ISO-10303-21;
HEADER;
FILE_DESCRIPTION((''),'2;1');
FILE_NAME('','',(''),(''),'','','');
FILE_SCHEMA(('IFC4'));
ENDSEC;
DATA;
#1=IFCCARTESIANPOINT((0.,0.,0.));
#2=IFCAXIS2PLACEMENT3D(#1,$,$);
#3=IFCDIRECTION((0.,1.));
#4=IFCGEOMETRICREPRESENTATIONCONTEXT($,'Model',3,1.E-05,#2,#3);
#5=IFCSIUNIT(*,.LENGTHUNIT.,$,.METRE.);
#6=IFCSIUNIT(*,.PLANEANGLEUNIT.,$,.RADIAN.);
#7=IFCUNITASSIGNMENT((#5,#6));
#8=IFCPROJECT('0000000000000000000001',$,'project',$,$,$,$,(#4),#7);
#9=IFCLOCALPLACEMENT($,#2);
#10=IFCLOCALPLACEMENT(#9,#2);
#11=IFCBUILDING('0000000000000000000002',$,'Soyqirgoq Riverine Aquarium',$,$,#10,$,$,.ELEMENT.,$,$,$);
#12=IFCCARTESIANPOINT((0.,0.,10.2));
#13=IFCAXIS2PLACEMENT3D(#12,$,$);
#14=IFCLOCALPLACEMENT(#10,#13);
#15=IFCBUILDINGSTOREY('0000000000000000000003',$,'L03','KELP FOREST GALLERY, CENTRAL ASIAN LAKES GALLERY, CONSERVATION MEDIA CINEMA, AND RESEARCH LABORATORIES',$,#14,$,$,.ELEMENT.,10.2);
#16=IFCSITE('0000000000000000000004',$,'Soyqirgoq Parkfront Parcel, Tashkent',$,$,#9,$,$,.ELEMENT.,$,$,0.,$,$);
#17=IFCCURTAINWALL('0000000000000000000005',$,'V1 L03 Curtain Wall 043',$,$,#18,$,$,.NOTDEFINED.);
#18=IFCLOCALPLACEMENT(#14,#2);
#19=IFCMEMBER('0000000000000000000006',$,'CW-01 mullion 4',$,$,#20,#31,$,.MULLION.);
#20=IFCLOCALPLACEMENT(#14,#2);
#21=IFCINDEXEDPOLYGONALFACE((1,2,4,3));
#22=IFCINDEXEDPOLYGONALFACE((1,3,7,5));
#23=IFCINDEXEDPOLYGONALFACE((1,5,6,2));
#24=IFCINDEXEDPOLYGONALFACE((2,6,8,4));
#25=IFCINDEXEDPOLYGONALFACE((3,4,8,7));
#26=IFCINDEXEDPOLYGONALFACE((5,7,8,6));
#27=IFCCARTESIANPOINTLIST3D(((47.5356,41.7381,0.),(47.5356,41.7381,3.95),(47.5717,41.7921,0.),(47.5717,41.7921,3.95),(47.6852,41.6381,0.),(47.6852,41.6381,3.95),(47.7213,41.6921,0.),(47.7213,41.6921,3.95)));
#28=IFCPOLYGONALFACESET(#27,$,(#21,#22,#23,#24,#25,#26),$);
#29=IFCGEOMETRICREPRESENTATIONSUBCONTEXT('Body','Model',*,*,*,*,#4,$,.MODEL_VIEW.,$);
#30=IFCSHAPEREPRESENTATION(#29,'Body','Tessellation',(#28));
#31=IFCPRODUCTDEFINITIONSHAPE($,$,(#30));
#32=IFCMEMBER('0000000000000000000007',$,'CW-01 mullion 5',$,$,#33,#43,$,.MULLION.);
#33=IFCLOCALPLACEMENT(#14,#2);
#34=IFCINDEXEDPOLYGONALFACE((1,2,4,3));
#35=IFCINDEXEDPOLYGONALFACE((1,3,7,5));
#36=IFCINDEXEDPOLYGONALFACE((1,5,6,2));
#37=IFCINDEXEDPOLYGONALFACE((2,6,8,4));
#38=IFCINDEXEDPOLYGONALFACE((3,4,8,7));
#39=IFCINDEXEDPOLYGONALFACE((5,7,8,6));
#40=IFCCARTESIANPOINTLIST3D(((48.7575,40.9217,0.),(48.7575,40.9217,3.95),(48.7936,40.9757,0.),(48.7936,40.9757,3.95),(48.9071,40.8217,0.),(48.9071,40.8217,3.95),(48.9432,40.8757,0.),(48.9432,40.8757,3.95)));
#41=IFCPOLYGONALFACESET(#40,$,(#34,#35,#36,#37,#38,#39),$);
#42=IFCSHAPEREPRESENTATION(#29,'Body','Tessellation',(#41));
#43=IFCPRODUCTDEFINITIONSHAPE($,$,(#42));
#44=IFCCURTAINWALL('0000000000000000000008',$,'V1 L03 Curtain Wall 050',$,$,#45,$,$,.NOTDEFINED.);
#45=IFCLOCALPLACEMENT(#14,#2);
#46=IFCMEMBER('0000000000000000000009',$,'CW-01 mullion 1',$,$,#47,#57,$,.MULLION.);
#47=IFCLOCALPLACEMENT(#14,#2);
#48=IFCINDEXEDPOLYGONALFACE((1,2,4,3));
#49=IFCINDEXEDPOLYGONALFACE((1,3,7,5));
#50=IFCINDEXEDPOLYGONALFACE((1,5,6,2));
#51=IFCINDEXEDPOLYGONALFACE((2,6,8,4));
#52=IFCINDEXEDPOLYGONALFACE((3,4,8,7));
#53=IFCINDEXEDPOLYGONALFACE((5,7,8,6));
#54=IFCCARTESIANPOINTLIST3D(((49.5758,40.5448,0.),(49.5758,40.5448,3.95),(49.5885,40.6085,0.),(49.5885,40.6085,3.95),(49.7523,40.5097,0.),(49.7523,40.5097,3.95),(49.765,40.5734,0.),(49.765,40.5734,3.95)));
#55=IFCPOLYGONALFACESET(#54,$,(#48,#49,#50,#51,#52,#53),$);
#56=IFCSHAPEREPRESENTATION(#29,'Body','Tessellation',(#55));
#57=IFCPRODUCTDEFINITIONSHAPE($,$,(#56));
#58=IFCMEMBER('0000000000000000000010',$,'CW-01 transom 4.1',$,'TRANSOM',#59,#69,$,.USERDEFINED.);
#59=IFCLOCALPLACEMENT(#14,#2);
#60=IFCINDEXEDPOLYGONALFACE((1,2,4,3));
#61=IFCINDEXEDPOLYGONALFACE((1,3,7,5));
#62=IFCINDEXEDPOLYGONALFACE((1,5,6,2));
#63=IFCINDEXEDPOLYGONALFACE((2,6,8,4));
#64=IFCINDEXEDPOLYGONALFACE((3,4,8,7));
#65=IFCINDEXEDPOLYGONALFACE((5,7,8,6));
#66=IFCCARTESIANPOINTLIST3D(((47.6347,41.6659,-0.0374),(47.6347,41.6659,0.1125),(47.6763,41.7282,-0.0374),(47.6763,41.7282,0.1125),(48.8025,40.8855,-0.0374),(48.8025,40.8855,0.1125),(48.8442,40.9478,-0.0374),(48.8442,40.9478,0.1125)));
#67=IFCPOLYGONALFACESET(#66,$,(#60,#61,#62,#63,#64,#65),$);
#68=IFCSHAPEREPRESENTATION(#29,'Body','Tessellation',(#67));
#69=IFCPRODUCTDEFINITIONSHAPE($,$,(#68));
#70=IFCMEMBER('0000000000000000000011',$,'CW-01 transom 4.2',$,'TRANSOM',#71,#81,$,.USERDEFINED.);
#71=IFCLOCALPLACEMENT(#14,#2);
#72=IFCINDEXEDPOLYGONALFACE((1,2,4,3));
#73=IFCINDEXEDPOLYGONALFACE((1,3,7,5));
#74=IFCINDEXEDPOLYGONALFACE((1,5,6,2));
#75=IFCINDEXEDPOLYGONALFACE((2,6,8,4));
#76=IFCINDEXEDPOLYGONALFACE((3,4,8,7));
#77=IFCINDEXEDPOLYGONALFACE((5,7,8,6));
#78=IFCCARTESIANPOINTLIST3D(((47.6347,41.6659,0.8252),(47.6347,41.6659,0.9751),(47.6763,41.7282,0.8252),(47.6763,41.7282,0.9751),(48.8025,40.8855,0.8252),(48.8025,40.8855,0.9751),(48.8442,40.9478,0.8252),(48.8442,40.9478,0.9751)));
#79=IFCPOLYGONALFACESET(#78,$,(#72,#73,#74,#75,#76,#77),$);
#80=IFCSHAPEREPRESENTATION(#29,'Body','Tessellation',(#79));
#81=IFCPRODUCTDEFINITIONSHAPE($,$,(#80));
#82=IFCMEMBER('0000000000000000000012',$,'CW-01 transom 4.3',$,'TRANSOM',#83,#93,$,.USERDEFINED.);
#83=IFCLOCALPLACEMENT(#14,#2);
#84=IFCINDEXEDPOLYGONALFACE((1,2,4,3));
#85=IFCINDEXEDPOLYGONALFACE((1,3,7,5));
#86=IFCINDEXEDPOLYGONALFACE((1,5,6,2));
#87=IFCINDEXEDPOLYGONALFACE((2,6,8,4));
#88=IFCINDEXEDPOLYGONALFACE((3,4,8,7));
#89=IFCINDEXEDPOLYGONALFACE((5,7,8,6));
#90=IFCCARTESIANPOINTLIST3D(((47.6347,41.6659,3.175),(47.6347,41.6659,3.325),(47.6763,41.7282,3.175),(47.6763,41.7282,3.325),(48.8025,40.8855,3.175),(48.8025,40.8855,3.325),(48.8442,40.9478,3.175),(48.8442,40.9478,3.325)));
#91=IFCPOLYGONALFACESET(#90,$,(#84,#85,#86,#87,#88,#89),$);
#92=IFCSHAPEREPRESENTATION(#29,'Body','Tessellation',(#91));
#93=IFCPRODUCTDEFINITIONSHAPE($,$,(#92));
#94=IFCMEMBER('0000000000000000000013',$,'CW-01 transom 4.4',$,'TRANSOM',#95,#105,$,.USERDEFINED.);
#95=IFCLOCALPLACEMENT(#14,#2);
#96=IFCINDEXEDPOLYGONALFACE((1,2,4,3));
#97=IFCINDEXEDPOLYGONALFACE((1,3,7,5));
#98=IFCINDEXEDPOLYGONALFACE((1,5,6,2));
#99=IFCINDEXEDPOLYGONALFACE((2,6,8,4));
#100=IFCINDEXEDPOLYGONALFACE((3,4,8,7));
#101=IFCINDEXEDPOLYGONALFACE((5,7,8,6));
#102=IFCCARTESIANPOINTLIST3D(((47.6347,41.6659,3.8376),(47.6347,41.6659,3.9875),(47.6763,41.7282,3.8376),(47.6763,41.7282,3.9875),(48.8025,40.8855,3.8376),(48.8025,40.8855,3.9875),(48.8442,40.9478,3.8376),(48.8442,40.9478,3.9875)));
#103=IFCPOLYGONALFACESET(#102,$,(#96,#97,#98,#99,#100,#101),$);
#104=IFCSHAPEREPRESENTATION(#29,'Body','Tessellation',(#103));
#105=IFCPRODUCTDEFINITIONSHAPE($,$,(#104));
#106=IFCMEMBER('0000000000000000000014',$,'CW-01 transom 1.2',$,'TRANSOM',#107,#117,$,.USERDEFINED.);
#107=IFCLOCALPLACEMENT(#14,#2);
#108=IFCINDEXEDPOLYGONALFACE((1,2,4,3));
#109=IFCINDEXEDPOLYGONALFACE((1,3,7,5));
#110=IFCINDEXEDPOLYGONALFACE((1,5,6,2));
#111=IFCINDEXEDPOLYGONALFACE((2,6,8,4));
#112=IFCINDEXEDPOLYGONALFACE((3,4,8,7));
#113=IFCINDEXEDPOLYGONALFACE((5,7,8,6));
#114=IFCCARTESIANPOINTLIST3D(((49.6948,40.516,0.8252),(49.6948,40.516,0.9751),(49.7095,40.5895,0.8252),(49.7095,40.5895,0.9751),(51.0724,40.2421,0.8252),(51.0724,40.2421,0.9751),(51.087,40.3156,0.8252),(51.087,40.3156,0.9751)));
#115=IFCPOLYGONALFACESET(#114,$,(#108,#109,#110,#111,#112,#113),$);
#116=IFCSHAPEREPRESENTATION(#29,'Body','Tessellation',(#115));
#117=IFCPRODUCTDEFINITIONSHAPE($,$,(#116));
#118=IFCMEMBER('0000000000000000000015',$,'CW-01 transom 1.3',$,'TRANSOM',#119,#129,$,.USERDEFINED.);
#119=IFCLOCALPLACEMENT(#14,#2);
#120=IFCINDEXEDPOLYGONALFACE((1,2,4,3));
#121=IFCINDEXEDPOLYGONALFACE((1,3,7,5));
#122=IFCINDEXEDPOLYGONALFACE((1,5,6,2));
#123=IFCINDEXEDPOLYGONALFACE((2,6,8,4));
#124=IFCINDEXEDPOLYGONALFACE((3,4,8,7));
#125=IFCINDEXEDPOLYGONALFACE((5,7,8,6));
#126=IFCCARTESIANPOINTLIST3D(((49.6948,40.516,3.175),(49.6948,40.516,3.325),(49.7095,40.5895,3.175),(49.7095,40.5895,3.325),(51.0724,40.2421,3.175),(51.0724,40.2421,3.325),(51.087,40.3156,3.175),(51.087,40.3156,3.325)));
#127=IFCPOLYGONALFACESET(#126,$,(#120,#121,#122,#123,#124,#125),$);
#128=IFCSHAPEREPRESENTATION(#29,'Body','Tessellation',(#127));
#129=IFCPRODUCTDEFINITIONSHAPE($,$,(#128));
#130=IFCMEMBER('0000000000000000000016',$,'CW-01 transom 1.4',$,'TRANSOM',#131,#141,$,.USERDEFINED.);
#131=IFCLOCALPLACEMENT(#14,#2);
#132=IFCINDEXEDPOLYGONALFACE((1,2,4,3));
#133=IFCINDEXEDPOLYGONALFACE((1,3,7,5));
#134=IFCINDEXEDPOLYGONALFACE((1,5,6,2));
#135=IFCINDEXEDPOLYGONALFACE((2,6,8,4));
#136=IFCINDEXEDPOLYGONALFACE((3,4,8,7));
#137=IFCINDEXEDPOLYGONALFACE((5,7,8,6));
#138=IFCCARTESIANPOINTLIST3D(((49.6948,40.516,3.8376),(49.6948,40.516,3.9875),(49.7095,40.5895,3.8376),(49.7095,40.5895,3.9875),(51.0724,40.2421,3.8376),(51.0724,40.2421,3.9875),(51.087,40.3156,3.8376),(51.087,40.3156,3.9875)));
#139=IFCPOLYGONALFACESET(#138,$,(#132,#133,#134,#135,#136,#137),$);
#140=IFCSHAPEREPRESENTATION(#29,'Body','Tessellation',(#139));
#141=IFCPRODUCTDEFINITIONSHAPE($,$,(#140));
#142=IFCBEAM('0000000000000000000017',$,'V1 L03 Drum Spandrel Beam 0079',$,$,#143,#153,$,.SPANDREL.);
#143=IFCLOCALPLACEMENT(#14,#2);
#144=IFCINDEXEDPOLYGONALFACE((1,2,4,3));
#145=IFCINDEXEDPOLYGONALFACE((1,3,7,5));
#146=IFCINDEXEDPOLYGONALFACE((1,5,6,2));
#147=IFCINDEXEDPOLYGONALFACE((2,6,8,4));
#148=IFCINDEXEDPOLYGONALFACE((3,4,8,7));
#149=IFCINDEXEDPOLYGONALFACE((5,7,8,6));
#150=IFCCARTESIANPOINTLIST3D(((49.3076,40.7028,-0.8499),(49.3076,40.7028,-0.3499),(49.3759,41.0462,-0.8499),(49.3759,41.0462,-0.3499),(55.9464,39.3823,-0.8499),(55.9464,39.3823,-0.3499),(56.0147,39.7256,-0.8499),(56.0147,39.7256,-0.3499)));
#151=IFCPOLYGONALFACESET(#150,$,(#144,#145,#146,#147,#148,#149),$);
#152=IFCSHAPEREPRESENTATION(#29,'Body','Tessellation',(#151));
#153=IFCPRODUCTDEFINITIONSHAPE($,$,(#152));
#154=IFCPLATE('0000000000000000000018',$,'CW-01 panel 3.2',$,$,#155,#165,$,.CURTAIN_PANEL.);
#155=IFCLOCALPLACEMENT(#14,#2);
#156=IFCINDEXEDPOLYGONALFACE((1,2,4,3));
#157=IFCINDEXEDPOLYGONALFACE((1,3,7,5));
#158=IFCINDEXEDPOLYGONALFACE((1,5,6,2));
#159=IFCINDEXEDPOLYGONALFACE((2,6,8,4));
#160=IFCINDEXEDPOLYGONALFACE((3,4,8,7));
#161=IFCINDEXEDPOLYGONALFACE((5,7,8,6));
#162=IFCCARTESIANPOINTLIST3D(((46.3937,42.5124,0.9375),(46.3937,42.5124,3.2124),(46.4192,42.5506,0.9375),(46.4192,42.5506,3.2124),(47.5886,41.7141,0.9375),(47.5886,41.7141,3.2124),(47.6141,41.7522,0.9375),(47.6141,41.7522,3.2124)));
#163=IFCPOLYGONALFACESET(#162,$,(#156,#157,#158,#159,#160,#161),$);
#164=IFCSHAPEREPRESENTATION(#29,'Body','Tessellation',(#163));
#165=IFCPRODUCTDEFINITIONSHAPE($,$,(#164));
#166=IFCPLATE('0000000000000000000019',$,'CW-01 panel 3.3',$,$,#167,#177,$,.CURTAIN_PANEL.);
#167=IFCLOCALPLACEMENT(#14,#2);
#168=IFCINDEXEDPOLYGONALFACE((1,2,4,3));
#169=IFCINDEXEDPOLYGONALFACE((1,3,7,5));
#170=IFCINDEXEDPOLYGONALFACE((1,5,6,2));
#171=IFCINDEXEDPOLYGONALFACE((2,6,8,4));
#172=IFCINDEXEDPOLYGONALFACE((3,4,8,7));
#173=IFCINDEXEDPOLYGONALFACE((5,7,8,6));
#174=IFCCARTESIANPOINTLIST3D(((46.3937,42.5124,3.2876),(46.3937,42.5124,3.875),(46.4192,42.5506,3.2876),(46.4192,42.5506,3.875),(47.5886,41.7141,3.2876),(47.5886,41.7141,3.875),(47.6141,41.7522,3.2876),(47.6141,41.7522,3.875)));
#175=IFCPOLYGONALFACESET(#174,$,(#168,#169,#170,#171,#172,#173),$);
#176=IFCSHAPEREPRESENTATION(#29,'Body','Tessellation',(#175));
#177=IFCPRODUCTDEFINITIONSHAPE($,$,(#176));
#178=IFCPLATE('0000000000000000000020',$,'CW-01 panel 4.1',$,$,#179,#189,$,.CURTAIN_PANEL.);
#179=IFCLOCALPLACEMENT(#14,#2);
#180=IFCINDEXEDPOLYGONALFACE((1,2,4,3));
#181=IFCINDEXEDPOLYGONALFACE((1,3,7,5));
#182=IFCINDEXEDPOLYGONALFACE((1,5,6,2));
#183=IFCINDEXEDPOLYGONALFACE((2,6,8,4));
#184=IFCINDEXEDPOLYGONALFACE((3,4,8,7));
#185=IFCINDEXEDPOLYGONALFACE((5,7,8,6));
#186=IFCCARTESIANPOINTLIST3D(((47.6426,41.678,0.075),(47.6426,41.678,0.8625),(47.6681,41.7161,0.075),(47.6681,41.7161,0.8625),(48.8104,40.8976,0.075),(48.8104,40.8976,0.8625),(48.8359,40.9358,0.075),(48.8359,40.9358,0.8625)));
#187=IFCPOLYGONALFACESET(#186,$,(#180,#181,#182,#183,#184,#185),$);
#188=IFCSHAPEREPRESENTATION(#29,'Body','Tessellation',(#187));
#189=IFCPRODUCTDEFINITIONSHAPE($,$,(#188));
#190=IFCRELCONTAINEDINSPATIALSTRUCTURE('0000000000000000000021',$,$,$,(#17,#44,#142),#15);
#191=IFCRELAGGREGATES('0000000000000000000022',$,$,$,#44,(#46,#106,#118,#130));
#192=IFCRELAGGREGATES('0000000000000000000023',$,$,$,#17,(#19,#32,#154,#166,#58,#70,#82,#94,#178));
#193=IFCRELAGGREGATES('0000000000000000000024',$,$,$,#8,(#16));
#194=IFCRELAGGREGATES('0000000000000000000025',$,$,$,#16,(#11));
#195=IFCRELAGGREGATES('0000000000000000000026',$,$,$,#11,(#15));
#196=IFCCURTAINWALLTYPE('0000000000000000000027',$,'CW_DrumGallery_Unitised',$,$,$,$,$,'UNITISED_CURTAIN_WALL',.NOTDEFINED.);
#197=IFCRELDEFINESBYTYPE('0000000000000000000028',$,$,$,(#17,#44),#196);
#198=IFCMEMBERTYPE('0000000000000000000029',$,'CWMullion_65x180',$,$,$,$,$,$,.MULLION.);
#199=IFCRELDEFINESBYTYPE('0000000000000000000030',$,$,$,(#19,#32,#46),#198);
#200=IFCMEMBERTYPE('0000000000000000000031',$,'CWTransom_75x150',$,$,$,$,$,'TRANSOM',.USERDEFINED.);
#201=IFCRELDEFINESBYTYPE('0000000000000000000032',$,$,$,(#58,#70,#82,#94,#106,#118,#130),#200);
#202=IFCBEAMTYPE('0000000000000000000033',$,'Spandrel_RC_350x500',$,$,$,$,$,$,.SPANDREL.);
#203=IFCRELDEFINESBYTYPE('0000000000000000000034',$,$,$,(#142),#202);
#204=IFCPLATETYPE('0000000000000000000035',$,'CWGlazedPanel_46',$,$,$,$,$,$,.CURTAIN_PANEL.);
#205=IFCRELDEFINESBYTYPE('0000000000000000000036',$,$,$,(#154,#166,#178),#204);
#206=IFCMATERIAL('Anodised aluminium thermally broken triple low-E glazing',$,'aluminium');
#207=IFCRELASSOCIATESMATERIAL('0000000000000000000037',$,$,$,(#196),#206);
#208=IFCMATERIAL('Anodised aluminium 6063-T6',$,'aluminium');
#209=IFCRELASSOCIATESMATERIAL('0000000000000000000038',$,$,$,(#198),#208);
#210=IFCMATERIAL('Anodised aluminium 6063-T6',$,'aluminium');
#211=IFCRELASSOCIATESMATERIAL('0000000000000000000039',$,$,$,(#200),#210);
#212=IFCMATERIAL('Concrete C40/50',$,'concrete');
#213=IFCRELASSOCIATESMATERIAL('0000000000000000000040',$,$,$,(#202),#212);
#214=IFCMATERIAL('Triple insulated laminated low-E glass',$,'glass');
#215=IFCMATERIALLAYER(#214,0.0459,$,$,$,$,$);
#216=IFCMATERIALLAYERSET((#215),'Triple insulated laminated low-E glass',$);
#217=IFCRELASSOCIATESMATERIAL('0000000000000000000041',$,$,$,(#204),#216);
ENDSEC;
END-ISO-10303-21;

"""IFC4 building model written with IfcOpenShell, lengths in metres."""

from ifc_helpers import new_model, si_unit, direction, frame, origin, origin_2d, place, context, subcontext, project, spatial, rectangle, extrude, material, layer, layer_set, material_profile, profile_set, type_object, element, aggregate, save


model = new_model("IFC4")

# Units and contexts
model_context = context("Model", 3, precision=1e-05, world=origin(), true_north=direction((0.0, 1.0)))
body_context = subcontext(model_context, "Body", "Model", "MODEL_VIEW")
ifc_project = project(units=[si_unit("LENGTHUNIT", "METRE"), si_unit("PLANEANGLEUNIT", "RADIAN")], contexts=[model_context])

# Site, building, storey
site_placement = place(None, origin())
site = spatial("IfcSite", under=ifc_project, at=site_placement, Name="Soyqirgoq Parkfront Parcel, Tashkent", CompositionType="ELEMENT", RefElevation=0.0)
building_placement = place(site_placement, origin())
building = spatial("IfcBuilding", under=site, at=building_placement, Name="Soyqirgoq Riverine Aquarium", CompositionType="ELEMENT")
storey_placement = place(building_placement, frame((0.0, 0.0, 10.2)))
storey = spatial("IfcBuildingStorey", under=building, at=storey_placement, Name="L03", Description="KELP FOREST GALLERY, CENTRAL ASIAN LAKES GALLERY, CONSERVATION MEDIA CINEMA, AND RESEARCH LABORATORIES", CompositionType="ELEMENT", Elevation=10.2)

# Curtain wall, members
ifc_material_1 = material(Name="Anodised aluminium thermally broken triple low-E glazing", Category="aluminium")
curtain_wall_type = type_object("IfcCurtainWallType", Name="CW_DrumGallery_Unitised", ElementType="UNITISED_CURTAIN_WALL", PredefinedType="NOTDEFINED", material=ifc_material_1)
curtain_wall_1_placement = place(storey_placement, origin())
curtain_wall_1 = element("IfcCurtainWall", 1, at=curtain_wall_1_placement, inside=storey, type_object=curtain_wall_type, Name="V1 L03 Curtain Wall 043", PredefinedType="NOTDEFINED")
ifc_material_2 = material(Name="Anodised aluminium 6063-T6", Category="aluminium")
ifc_material_profile_1 = material_profile(ifc_material_2, rectangle(XDim=0.0649, YDim=0.1799, at=origin_2d()), Name="ALU-M 65x180")
ifc_profile_set_1 = profile_set([ifc_material_profile_1], Name="Anodised aluminium 6063-T6")
member_type_1 = type_object("IfcMemberType", Name="CWMullion_65x180", PredefinedType="MULLION", material=ifc_profile_set_1)
member_1_placement = place(storey_placement, frame((47.6284, 41.7151, 0.0), z_axis=(0.0, 0.0, 1.0), x_axis=(0.555572, 0.831469, 0.0)))
member_1 = element("IfcMember", 2, at=member_1_placement, type_object=member_type_1, Name="CW-01 mullion 4", PredefinedType="MULLION", context=body_context, shape_type="SweptSolid", body=[
    extrude(rectangle(XDim=0.0649, YDim=0.1799, at=origin_2d()), origin(), (0.0, 0.0, 1.0), 3.95),
])
member_2_placement = place(storey_placement, frame((48.8503, 40.8987, 0.0), z_axis=(0.0, 0.0, 1.0), x_axis=(0.555572, 0.831469, 0.0)))
member_2 = element("IfcMember", 3, at=member_2_placement, type_object=member_type_1, Name="CW-01 mullion 5", PredefinedType="MULLION", context=body_context, shape_type="SweptSolid", body=[
    extrude(rectangle(XDim=0.0649, YDim=0.1799, at=origin_2d()), origin(), (0.0, 0.0, 1.0), 3.95),
])

# Curtain wall, member
curtain_wall_2_placement = place(storey_placement, origin())
curtain_wall_2 = element("IfcCurtainWall", 4, at=curtain_wall_2_placement, inside=storey, type_object=curtain_wall_type, Name="V1 L03 Curtain Wall 050", PredefinedType="NOTDEFINED")
member_3_placement = place(storey_placement, frame((49.6704, 40.5591, 0.0), z_axis=(0.0, 0.0, 1.0), x_axis=(0.195095, 0.980784, 0.0)))
member_3 = element("IfcMember", 5, at=member_3_placement, type_object=member_type_1, Name="CW-01 mullion 1", PredefinedType="MULLION", context=body_context, shape_type="SweptSolid", body=[
    extrude(rectangle(XDim=0.0649, YDim=0.1799, at=origin_2d()), origin(), (0.0, 0.0, 1.0), 3.95),
])

# Members
ifc_material_3 = material(Name="Anodised aluminium 6063-T6", Category="aluminium")
ifc_material_profile_2 = material_profile(ifc_material_3, rectangle(XDim=0.075, YDim=0.1499, at=origin_2d()), Name="ALU-T 75x150")
ifc_profile_set_2 = profile_set([ifc_material_profile_2], Name="Anodised aluminium 6063-T6")
member_type_2 = type_object("IfcMemberType", Name="CWTransom_75x150", ElementType="TRANSOM", PredefinedType="USERDEFINED", material=ifc_profile_set_2)
member_4_placement = place(storey_placement, frame((47.6555, 41.697, 0.0376), z_axis=(0.831461, -0.555582, 0.0), x_axis=(0.555582, 0.831461, 0.0)))
member_4 = element("IfcMember", 6, at=member_4_placement, type_object=member_type_2, Name="CW-01 transom 4.1", ObjectType="TRANSOM", PredefinedType="USERDEFINED", context=body_context, shape_type="SweptSolid", body=[
    extrude(rectangle(XDim=0.075, YDim=0.1499, at=origin_2d()), origin(), (0.0, 0.0, 1.0), 1.4045),
])
member_5_placement = place(storey_placement, frame((47.6555, 41.697, 0.9001), z_axis=(0.831461, -0.555582, 0.0), x_axis=(0.555582, 0.831461, 0.0)))
member_5 = element("IfcMember", 7, at=member_5_placement, type_object=member_type_2, Name="CW-01 transom 4.2", ObjectType="TRANSOM", PredefinedType="USERDEFINED", context=body_context, shape_type="SweptSolid", body=[
    extrude(rectangle(XDim=0.075, YDim=0.1499, at=origin_2d()), origin(), (0.0, 0.0, 1.0), 1.4045),
])
member_6_placement = place(storey_placement, frame((47.6555, 41.697, 3.25), z_axis=(0.831461, -0.555582, 0.0), x_axis=(0.555582, 0.831461, 0.0)))
member_6 = element("IfcMember", 8, at=member_6_placement, type_object=member_type_2, Name="CW-01 transom 4.3", ObjectType="TRANSOM", PredefinedType="USERDEFINED", context=body_context, shape_type="SweptSolid", body=[
    extrude(rectangle(XDim=0.075, YDim=0.1499, at=origin_2d()), origin(), (0.0, 0.0, 1.0), 1.4045),
])
member_7_placement = place(storey_placement, frame((47.6555, 41.697, 3.9126), z_axis=(0.831461, -0.555582, 0.0), x_axis=(0.555582, 0.831461, 0.0)))
member_7 = element("IfcMember", 9, at=member_7_placement, type_object=member_type_2, Name="CW-01 transom 4.4", ObjectType="TRANSOM", PredefinedType="USERDEFINED", context=body_context, shape_type="SweptSolid", body=[
    extrude(rectangle(XDim=0.075, YDim=0.1499, at=origin_2d()), origin(), (0.0, 0.0, 1.0), 1.4045),
])
member_8_placement = place(storey_placement, frame((49.7021, 40.5527, 0.9001), z_axis=(0.980801, -0.195013, 0.0), x_axis=(0.195013, 0.980801, 0.0)))
member_8 = element("IfcMember", 10, at=member_8_placement, type_object=member_type_2, Name="CW-01 transom 1.2", ObjectType="TRANSOM", PredefinedType="USERDEFINED", context=body_context, shape_type="SweptSolid", body=[
    extrude(rectangle(XDim=0.075, YDim=0.1499, at=origin_2d()), origin(), (0.0, 0.0, 1.0), 1.4045),
])
member_9_placement = place(storey_placement, frame((49.7021, 40.5527, 3.25), z_axis=(0.980801, -0.195013, 0.0), x_axis=(0.195013, 0.980801, 0.0)))
member_9 = element("IfcMember", 11, at=member_9_placement, type_object=member_type_2, Name="CW-01 transom 1.3", ObjectType="TRANSOM", PredefinedType="USERDEFINED", context=body_context, shape_type="SweptSolid", body=[
    extrude(rectangle(XDim=0.075, YDim=0.1499, at=origin_2d()), origin(), (0.0, 0.0, 1.0), 1.4045),
])
member_10_placement = place(storey_placement, frame((49.7021, 40.5527, 3.9126), z_axis=(0.980801, -0.195013, 0.0), x_axis=(0.195013, 0.980801, 0.0)))
member_10 = element("IfcMember", 12, at=member_10_placement, type_object=member_type_2, Name="CW-01 transom 1.4", ObjectType="TRANSOM", PredefinedType="USERDEFINED", context=body_context, shape_type="SweptSolid", body=[
    extrude(rectangle(XDim=0.075, YDim=0.1499, at=origin_2d()), origin(), (0.0, 0.0, 1.0), 1.4045),
])
aggregate(curtain_wall_2, [member_3, member_8, member_9, member_10])

# Beam
ifc_material_4 = material(Name="Concrete C40/50", Category="concrete")
ifc_material_profile_3 = material_profile(ifc_material_4, rectangle(XDim=0.3501, YDim=0.5, at=origin_2d()), Name="RC 350x500")
ifc_profile_set_3 = profile_set([ifc_material_profile_3], Name="Concrete C40/50")
beam_type = type_object("IfcBeamType", Name="Spandrel_RC_350x500", PredefinedType="SPANDREL", material=ifc_profile_set_3)
beam_placement = place(storey_placement, frame((49.3418, 40.8745, -0.5999), z_axis=(0.980784, -0.195096, 0.0), x_axis=(0.195096, 0.980784, 0.0)))
element("IfcBeam", 13, at=beam_placement, inside=storey, type_object=beam_type, Name="V1 L03 Drum Spandrel Beam 0079", PredefinedType="SPANDREL", context=body_context, shape_type="SweptSolid", body=[
    extrude(rectangle(XDim=0.3501, YDim=0.5, at=origin_2d()), origin(), (0.0, 0.0, 1.0), 6.7688),
])

# Plates
ifc_material_5 = material(Name="Triple insulated laminated low-E glass", Category="glass")
ifc_layer_1 = layer(ifc_material_5, 0.0459)
ifc_layer_set_1 = layer_set([ifc_layer_1], Name="Triple insulated laminated low-E glass")
plate_type = type_object("IfcPlateType", Name="CWGlazedPanel_46", PredefinedType="CURTAIN_PANEL", material=ifc_layer_set_1)
plate_1_placement = place(storey_placement, frame((47.0039, 42.1323, 0.9375), z_axis=(0.0, 0.0, 1.0), x_axis=(0.831469, -0.555572, 0.0)))
plate_1 = element("IfcPlate", 14, at=plate_1_placement, type_object=plate_type, Name="CW-01 panel 3.2", PredefinedType="CURTAIN_PANEL", context=body_context, shape_type="SweptSolid", body=[
    extrude(rectangle(XDim=1.437, YDim=0.0459, at=origin_2d()), origin(), (0.0, 0.0, 1.0), 2.2749),
])
plate_2_placement = place(storey_placement, frame((47.0039, 42.1323, 3.2876), z_axis=(0.0, 0.0, 1.0), x_axis=(0.831469, -0.555572, 0.0)))
plate_2 = element("IfcPlate", 15, at=plate_2_placement, type_object=plate_type, Name="CW-01 panel 3.3", PredefinedType="CURTAIN_PANEL", context=body_context, shape_type="SweptSolid", body=[
    extrude(rectangle(XDim=1.437, YDim=0.0459, at=origin_2d()), origin(), (0.0, 0.0, 1.0), 0.5874),
])
plate_3_placement = place(storey_placement, frame((48.2393, 41.3069, 0.075), z_axis=(0.0, 0.0, 1.0), x_axis=(0.831469, -0.555572, 0.0)))
plate_3 = element("IfcPlate", 16, at=plate_3_placement, type_object=plate_type, Name="CW-01 panel 4.1", PredefinedType="CURTAIN_PANEL", context=body_context, shape_type="SweptSolid", body=[
    extrude(rectangle(XDim=1.4045, YDim=0.0459, at=origin_2d()), origin(), (0.0, 0.0, 1.0), 0.7876),
])
aggregate(curtain_wall_1, [member_1, member_2, plate_1, plate_2, member_4, member_5, member_6, member_7, plate_3])

save(model, "model.ifc")
